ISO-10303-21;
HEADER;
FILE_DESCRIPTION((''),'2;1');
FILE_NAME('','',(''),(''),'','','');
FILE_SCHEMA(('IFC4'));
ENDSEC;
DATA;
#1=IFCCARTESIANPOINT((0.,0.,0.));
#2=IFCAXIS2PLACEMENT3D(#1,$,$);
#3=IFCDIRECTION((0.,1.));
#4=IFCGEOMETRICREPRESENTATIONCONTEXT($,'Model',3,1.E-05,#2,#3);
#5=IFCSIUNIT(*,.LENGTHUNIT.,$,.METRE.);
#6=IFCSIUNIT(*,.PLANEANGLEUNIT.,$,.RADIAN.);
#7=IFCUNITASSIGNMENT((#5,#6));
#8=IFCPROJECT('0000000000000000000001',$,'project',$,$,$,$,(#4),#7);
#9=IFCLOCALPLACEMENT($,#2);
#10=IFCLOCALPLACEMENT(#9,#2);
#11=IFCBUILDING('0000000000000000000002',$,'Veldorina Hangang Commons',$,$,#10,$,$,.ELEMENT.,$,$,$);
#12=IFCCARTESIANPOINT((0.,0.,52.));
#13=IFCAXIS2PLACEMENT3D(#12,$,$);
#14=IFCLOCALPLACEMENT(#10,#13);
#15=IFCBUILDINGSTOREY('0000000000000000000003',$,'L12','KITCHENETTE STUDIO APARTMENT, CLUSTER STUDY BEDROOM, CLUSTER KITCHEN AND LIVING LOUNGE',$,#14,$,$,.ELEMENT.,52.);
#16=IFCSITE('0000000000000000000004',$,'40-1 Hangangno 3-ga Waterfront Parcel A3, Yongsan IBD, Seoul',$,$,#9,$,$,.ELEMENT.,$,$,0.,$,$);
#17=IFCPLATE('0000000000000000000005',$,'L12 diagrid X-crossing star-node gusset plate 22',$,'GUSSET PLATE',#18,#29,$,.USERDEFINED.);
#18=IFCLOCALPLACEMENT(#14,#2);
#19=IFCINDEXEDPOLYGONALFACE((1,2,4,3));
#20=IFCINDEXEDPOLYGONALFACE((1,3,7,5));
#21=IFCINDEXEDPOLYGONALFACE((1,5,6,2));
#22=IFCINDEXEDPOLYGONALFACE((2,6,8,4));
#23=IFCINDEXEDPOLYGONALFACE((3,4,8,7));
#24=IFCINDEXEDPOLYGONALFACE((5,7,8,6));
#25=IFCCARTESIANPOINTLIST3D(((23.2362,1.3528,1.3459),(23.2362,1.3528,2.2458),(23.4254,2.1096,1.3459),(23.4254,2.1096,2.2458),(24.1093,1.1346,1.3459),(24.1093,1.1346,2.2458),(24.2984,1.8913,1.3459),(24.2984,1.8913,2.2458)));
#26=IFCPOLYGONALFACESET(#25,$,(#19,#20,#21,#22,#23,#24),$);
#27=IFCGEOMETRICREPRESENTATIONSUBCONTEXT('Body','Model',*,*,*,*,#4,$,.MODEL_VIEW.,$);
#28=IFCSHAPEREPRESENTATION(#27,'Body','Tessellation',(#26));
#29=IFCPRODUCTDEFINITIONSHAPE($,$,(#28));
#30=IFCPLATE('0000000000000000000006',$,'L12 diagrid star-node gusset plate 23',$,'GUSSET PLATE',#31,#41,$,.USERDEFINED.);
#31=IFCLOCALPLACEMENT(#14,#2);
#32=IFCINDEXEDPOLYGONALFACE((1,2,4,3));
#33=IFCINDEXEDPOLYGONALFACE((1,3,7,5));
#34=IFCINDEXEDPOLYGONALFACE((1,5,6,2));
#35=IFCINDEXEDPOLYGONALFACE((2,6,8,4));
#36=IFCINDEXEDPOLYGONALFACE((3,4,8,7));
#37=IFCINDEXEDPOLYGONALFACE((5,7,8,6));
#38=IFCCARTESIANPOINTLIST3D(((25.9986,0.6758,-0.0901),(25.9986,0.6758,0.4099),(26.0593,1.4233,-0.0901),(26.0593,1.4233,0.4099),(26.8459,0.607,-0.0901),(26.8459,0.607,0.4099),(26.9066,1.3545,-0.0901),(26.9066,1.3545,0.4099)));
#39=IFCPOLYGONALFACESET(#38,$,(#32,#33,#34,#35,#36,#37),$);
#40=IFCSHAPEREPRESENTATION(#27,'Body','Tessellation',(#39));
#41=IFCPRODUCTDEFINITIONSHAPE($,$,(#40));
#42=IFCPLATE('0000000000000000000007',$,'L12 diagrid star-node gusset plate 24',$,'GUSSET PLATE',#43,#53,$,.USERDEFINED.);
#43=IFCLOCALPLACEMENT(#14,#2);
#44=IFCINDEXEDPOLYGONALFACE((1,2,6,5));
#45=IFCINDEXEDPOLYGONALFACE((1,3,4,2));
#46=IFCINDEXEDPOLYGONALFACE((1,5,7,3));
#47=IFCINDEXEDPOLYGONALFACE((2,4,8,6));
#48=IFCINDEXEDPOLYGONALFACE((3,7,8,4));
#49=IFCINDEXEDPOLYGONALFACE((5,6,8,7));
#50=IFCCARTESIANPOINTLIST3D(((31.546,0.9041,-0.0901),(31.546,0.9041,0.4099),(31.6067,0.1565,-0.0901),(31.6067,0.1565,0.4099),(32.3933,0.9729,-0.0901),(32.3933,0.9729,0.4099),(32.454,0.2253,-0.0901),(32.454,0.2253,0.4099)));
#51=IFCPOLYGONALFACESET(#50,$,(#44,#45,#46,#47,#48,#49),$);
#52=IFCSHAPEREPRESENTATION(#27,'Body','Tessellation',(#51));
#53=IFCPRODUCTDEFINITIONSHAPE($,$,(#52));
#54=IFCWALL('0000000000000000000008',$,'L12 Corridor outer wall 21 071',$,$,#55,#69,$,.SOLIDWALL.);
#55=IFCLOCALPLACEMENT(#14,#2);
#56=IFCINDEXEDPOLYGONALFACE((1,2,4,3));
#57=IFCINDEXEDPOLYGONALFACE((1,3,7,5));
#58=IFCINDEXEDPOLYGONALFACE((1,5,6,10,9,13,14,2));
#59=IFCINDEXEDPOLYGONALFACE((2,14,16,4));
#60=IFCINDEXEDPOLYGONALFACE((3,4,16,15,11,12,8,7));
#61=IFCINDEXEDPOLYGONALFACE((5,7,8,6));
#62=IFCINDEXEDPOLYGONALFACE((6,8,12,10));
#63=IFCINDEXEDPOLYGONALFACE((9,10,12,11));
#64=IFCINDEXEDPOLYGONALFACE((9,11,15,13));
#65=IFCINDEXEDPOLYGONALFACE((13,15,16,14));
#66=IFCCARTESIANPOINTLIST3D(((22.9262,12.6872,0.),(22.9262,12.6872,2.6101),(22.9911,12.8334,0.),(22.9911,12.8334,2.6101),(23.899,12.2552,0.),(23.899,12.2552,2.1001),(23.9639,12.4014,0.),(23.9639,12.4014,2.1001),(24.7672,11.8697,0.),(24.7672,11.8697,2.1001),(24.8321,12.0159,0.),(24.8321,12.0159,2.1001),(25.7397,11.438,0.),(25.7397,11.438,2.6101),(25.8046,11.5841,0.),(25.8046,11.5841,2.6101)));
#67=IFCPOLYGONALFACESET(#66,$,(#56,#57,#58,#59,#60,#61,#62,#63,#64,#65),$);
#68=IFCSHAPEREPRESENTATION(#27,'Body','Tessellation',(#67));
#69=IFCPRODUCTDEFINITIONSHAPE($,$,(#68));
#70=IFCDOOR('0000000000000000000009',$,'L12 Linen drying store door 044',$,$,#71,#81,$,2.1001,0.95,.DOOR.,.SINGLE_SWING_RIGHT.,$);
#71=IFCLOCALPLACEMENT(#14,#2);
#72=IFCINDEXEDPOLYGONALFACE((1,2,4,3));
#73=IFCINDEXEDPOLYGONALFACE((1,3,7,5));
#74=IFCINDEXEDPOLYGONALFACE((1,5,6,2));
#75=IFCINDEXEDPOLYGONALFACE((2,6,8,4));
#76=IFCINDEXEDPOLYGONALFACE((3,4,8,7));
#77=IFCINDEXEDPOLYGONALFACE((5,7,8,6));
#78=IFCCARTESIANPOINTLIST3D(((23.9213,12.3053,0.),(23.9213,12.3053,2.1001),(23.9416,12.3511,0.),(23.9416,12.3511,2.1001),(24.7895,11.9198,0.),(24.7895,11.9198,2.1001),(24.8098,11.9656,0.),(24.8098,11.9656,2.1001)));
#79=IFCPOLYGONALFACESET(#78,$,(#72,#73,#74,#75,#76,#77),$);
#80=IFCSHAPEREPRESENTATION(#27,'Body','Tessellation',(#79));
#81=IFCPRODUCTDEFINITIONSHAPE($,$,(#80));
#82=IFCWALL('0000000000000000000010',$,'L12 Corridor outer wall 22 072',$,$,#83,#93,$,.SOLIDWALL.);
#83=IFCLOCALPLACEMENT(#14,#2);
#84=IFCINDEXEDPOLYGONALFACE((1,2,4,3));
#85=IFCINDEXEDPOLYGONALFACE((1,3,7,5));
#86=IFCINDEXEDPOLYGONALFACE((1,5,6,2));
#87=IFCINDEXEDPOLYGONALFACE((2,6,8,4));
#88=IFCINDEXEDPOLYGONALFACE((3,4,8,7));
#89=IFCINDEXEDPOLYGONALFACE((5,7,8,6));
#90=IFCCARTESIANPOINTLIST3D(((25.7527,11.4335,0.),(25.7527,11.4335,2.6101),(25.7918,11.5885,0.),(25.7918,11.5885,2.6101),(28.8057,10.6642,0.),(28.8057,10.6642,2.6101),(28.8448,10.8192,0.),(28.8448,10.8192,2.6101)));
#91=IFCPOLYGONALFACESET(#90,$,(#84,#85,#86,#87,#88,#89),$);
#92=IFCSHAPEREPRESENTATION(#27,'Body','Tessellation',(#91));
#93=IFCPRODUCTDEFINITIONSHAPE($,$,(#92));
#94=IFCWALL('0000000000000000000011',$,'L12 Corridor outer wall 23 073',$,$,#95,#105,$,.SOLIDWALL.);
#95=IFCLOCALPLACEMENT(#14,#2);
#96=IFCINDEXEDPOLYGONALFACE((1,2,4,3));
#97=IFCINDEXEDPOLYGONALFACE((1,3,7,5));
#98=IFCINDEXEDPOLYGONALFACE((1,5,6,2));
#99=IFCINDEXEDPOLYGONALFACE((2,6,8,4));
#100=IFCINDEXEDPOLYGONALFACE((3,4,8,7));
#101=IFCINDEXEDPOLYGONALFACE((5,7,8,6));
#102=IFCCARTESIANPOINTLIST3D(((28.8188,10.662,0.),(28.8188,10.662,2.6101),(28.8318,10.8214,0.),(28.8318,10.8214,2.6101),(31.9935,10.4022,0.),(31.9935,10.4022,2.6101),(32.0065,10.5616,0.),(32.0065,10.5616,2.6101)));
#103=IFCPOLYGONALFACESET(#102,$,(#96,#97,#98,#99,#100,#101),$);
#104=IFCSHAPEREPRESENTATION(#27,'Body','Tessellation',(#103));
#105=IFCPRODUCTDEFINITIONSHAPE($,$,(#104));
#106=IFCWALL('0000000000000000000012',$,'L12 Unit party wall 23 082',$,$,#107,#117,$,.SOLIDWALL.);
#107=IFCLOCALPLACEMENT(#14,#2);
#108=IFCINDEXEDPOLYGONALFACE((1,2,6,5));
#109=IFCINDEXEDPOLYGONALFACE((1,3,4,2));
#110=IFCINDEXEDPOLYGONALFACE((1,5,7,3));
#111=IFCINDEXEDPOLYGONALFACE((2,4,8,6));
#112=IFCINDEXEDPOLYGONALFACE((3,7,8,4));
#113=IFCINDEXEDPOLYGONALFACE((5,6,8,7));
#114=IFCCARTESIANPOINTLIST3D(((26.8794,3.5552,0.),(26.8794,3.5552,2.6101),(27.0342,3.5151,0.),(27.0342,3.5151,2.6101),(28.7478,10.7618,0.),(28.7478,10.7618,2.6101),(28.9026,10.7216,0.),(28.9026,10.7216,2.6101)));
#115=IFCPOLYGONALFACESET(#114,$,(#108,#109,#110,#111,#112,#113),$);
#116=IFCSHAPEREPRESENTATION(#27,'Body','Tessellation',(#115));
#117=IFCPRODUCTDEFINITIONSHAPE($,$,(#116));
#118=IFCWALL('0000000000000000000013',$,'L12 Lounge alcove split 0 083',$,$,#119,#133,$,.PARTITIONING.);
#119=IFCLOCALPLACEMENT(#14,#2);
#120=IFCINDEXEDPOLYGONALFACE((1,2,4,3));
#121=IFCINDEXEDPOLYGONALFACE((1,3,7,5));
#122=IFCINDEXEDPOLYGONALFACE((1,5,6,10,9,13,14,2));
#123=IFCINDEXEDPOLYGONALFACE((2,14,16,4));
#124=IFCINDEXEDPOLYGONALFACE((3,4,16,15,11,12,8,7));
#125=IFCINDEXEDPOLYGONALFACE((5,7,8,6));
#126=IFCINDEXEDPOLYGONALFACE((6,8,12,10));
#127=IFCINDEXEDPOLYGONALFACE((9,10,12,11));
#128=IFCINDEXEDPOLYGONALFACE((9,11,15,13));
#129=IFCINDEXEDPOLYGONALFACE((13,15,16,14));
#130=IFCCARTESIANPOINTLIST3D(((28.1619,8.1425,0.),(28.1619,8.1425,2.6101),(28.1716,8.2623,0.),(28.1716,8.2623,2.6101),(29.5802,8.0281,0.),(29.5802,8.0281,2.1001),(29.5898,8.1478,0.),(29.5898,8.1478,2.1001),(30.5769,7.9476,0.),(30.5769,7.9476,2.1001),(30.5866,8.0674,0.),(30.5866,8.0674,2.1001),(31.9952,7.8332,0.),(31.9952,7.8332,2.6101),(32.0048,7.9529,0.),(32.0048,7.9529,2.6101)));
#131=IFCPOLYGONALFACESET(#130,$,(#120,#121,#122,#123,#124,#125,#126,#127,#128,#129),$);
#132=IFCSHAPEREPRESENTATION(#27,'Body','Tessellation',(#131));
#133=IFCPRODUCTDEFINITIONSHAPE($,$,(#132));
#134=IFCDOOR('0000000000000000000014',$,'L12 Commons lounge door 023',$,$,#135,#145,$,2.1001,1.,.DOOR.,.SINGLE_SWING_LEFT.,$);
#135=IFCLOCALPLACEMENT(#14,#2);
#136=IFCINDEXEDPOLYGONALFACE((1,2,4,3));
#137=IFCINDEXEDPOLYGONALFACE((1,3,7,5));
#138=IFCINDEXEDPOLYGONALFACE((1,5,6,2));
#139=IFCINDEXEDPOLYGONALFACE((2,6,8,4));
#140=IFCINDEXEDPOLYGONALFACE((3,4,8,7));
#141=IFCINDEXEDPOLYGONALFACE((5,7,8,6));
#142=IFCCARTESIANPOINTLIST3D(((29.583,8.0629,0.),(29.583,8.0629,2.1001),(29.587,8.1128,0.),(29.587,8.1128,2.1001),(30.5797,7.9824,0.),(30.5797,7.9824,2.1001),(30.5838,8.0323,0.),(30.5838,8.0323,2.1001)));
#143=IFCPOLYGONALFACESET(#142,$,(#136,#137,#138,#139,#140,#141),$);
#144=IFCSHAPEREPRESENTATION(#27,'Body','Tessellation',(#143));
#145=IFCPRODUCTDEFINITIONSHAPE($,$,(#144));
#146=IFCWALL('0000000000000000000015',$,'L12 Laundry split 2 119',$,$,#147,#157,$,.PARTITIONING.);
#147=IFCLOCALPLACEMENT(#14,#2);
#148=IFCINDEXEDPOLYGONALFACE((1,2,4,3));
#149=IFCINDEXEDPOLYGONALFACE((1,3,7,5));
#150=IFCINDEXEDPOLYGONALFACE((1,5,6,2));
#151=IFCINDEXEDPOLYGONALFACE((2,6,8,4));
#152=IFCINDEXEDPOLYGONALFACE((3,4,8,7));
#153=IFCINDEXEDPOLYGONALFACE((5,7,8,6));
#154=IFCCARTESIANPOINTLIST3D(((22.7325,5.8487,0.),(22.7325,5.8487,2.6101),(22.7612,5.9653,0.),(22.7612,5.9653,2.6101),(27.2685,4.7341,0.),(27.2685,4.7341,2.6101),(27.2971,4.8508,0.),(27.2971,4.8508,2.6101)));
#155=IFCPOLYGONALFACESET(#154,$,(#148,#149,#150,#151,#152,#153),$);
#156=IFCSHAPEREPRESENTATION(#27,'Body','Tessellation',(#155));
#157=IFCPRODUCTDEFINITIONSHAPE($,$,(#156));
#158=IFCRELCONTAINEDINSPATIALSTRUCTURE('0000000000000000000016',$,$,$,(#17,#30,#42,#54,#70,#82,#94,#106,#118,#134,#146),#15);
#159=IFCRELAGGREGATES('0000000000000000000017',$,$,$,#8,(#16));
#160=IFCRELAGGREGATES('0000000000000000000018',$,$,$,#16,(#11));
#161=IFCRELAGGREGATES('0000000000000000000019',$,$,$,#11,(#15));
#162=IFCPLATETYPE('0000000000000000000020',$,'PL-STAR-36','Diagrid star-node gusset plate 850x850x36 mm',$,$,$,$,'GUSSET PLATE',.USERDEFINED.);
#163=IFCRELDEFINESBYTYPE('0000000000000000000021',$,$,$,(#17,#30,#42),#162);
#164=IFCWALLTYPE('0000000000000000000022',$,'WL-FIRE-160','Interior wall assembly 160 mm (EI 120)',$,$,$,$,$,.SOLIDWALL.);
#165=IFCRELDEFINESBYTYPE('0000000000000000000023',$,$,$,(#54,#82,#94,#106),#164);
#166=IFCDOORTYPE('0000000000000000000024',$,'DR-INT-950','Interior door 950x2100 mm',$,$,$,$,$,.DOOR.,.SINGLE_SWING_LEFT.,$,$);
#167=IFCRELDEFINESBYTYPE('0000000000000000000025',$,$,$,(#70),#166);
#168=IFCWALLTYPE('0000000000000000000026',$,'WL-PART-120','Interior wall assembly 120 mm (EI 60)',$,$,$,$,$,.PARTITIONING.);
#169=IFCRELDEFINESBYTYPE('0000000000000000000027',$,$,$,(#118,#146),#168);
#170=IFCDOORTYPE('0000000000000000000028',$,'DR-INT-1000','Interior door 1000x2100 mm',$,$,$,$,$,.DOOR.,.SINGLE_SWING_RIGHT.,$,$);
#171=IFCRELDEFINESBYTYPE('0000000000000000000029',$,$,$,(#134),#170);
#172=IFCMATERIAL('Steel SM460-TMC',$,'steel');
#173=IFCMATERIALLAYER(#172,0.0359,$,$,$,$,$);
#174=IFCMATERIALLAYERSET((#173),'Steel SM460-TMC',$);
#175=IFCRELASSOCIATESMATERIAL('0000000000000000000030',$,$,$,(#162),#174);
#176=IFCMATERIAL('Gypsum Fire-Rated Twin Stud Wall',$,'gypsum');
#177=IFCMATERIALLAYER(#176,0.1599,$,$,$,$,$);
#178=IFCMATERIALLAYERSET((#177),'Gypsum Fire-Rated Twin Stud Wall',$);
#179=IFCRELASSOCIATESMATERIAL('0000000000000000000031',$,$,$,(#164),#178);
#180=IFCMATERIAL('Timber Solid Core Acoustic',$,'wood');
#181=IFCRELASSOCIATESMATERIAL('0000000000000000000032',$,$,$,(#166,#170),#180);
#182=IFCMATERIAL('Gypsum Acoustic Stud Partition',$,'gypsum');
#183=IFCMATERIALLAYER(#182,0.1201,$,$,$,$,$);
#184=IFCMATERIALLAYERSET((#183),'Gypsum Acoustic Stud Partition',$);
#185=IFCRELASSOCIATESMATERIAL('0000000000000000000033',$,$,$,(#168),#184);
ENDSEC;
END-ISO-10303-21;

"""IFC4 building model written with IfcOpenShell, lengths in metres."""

from ifc_helpers import new_model, si_unit, direction, frame, frame_2d, origin, origin_2d, place, context, subcontext, project, spatial, rectangle, extrude, material, layer, layer_set, type_object, element, fill, save


model = new_model("IFC4")

# Units and contexts
model_context = context("Model", 3, precision=1e-05, world=origin(), true_north=direction((0.0, 1.0)))
body_context = subcontext(model_context, "Body", "Model", "MODEL_VIEW")
ifc_project = project(units=[si_unit("LENGTHUNIT", "METRE"), si_unit("PLANEANGLEUNIT", "RADIAN")], contexts=[model_context])

# Site, building, storey
site_placement = place(None, origin())
site = spatial("IfcSite", under=ifc_project, at=site_placement, Name="40-1 Hangangno 3-ga Waterfront Parcel A3, Yongsan IBD, Seoul", CompositionType="ELEMENT", RefElevation=0.0)
building_placement = place(site_placement, origin())
building = spatial("IfcBuilding", under=site, at=building_placement, Name="Veldorina Hangang Commons", CompositionType="ELEMENT")
storey_placement = place(building_placement, frame((0.0, 0.0, 52.0)))
storey = spatial("IfcBuildingStorey", under=building, at=storey_placement, Name="L12", Description="KITCHENETTE STUDIO APARTMENT, CLUSTER STUDY BEDROOM, CLUSTER KITCHEN AND LIVING LOUNGE", CompositionType="ELEMENT", Elevation=52.0)

# Shared definitions
ifc_material_1 = material(Name="Steel SM460-TMC", Category="steel")

# Plates
ifc_layer_1 = layer(ifc_material_1, 0.0359)
ifc_layer_set_1 = layer_set([ifc_layer_1], Name="Steel SM460-TMC")
plate_type_1 = type_object("IfcPlateType", Name="PL-STAR-36", Description="Diagrid star-node gusset plate 850x850x36 mm", ElementType="GUSSET PLATE", PredefinedType="USERDEFINED", material=ifc_layer_set_1)
plate_1_placement = place(storey_placement, frame((23.7673, 1.6221, 1.3459), z_axis=(0.0, 0.0, 1.0), x_axis=(0.970144, -0.242532, 0.0)))
element("IfcPlate", 1, at=plate_1_placement, inside=storey, type_object=plate_type_1, Name="L12 diagrid X-crossing star-node gusset plate 22", ObjectType="GUSSET PLATE", PredefinedType="USERDEFINED", context=body_context, shape_type="SweptSolid", body=[
    extrude(rectangle(XDim=0.8999, YDim=0.78, at=origin_2d()), origin(), (0.0, 0.0, 1.0), 0.8999),
])
for number, where, z_axis, x_axis, name in (
    (2, (26.4526, 1.0151, -0.0901), (0.0, 0.0, 1.0), (0.996721, -0.080912, 0.0), "L12 diagrid star-node gusset plate 23"),
    (3, (32.0, 0.5647, -0.0901), (0.0, 0.0, 1.0), (0.996721, 0.080912, 0.0), "L12 diagrid star-node gusset plate 24"),
):
    element("IfcPlate", number, at=place(storey_placement, frame(where, z_axis=z_axis, x_axis=x_axis)), inside=storey, type_object=plate_type_1, Name=name, ObjectType="GUSSET PLATE", PredefinedType="USERDEFINED", context=body_context, shape_type="SweptSolid", body=[
        extrude(rectangle(XDim=0.8501, YDim=0.75, at=origin_2d()), origin(), (0.0, 0.0, 1.0), 0.5),
    ])

# Wall, opening, door
ifc_material_2 = material(Name="Gypsum Fire-Rated Twin Stud Wall", Category="gypsum")
ifc_layer_2 = layer(ifc_material_2, 0.1599)
ifc_layer_set_2 = layer_set([ifc_layer_2], Name="Gypsum Fire-Rated Twin Stud Wall")
wall_type_1 = type_object("IfcWallType", Name="WL-FIRE-160", Description="Interior wall assembly 160 mm (EI 120)", PredefinedType="SOLIDWALL", material=ifc_layer_set_2)
wall_1_placement = place(storey_placement, frame((22.9587, 12.7603, 0.0), z_axis=(0.0, 0.0, 1.0), x_axis=(0.913952, -0.405822, 0.0)))
wall_1 = element("IfcWall", 4, at=wall_1_placement, inside=storey, type_object=wall_type_1, Name="L12 Corridor outer wall 21 071", PredefinedType="SOLIDWALL", context=body_context, shape_type="SweptSolid", body=[
    extrude(rectangle(XDim=3.0784, YDim=0.1599, at=frame_2d((1.5391, 0.0))), origin(), (0.0, 0.0, 1.0), 2.6101),
])
opening_1_placement = place(wall_1_placement, frame((1.0642, 0.0, 0.0)))
opening_1 = element("IfcOpeningElement", 5, at=opening_1_placement, cuts=wall_1, PredefinedType="OPENING", context=body_context, shape_type="SweptSolid", body=[
    extrude(rectangle(XDim=0.95, YDim=2.1001, at=frame_2d((0.4751, 1.05))), frame((0.0, 0.0898, 0.0), z_axis=(0.0, -1.0, 0.0), x_axis=(1.0, 0.0, 0.0)), (0.0, 0.0, 1.0), 0.1799),
])
ifc_material_3 = material(Name="Timber Solid Core Acoustic", Category="wood")
door_type_1 = type_object("IfcDoorType", Name="DR-INT-950", Description="Interior door 950x2100 mm", OperationType="SINGLE_SWING_LEFT", PredefinedType="DOOR", material=ifc_material_3)
door_1_placement = place(opening_1_placement, origin())
door_1 = element("IfcDoor", 6, at=door_1_placement, inside=storey, type_object=door_type_1, Name="L12 Linen drying store door 044", OperationType="SINGLE_SWING_RIGHT", OverallHeight=2.1001, OverallWidth=0.95, PredefinedType="DOOR", context=body_context, shape_type="SweptSolid", body=[
    extrude(rectangle(XDim=0.95, YDim=2.1001, at=frame_2d((0.4751, 1.05))), frame((0.0, 0.0249, 0.0), z_axis=(0.0, -1.0, 0.0), x_axis=(1.0, 0.0, 0.0)), (0.0, 0.0, 1.0), 0.05),
])
fill(opening_1, door_1)

# Walls
wall_2_placement = place(storey_placement, frame((25.7722, 11.511, 0.0), z_axis=(0.0, 0.0, 1.0), x_axis=(0.969689, -0.244342, 0.0)))
element("IfcWall", 7, at=wall_2_placement, inside=storey, type_object=wall_type_1, Name="L12 Corridor outer wall 22 072", PredefinedType="SOLIDWALL", context=body_context, shape_type="SweptSolid", body=[
    extrude(rectangle(XDim=3.1484, YDim=0.1599, at=frame_2d((1.5742, 0.0))), origin(), (0.0, 0.0, 1.0), 2.6101),
])
wall_3_placement = place(storey_placement, frame((28.8252, 10.7417, 0.0), z_axis=(0.0, 0.0, 1.0), x_axis=(0.996669, -0.081548, 0.0)))
element("IfcWall", 8, at=wall_3_placement, inside=storey, type_object=wall_type_1, Name="L12 Corridor outer wall 23 073", PredefinedType="SOLIDWALL", context=body_context, shape_type="SweptSolid", body=[
    extrude(rectangle(XDim=3.1853, YDim=0.1599, at=frame_2d((1.5928, 0.0))), origin(), (0.0, 0.0, 1.0), 2.6101),
])
wall_4_placement = place(storey_placement, frame((28.8252, 10.7417, 0.0), z_axis=(0.0, 0.0, 1.0), x_axis=(-0.250968, -0.967995, 0.0)))
element("IfcWall", 9, at=wall_4_placement, inside=storey, type_object=wall_type_1, Name="L12 Unit party wall 23 082", PredefinedType="SOLIDWALL", context=body_context, shape_type="SweptSolid", body=[
    extrude(rectangle(XDim=7.4448, YDim=0.1599, at=frame_2d((3.7224, 0.0))), origin(), (0.0, 0.0, 1.0), 2.6101),
])

# Wall, opening, door
ifc_material_4 = material(Name="Gypsum Acoustic Stud Partition", Category="gypsum")
ifc_layer_3 = layer(ifc_material_4, 0.1201)
ifc_layer_set_3 = layer_set([ifc_layer_3], Name="Gypsum Acoustic Stud Partition")
wall_type_2 = type_object("IfcWallType", Name="WL-PART-120", Description="Interior wall assembly 120 mm (EI 60)", PredefinedType="PARTITIONING", material=ifc_layer_set_3)
wall_5_placement = place(storey_placement, frame((28.1667, 8.2024, 0.0), z_axis=(0.0, 0.0, 1.0), x_axis=(0.99676, -0.080434, 0.0)))
wall_5 = element("IfcWall", 10, at=wall_5_placement, inside=storey, type_object=wall_type_2, Name="L12 Lounge alcove split 0 083", PredefinedType="PARTITIONING", context=body_context, shape_type="SweptSolid", body=[
    extrude(rectangle(XDim=3.8457, YDim=0.1201, at=frame_2d((1.9229, 0.0))), origin(), (0.0, 0.0, 1.0), 2.6101),
])
opening_2_placement = place(wall_5_placement, frame((1.4229, 0.0, 0.0)))
opening_2 = element("IfcOpeningElement", 11, at=opening_2_placement, cuts=wall_5, PredefinedType="OPENING", context=body_context, shape_type="SweptSolid", body=[
    extrude(rectangle(XDim=1.0, YDim=2.1001, at=frame_2d((0.5, 1.05))), frame((0.0, 0.0701, 0.0), z_axis=(0.0, -1.0, 0.0), x_axis=(1.0, 0.0, 0.0)), (0.0, 0.0, 1.0), 0.1401),
])
door_type_2 = type_object("IfcDoorType", Name="DR-INT-1000", Description="Interior door 1000x2100 mm", OperationType="SINGLE_SWING_RIGHT", PredefinedType="DOOR", material=ifc_material_3)
door_2_placement = place(opening_2_placement, origin())
door_2 = element("IfcDoor", 12, at=door_2_placement, inside=storey, type_object=door_type_2, Name="L12 Commons lounge door 023", OperationType="SINGLE_SWING_LEFT", OverallHeight=2.1001, OverallWidth=1.0, PredefinedType="DOOR", context=body_context, shape_type="SweptSolid", body=[
    extrude(rectangle(XDim=1.0, YDim=2.1001, at=frame_2d((0.5, 1.05))), frame((0.0, 0.0249, 0.0), z_axis=(0.0, -1.0, 0.0), x_axis=(1.0, 0.0, 0.0)), (0.0, 0.0, 1.0), 0.05),
])
fill(opening_2, door_2)

# Wall
wall_6_placement = place(storey_placement, frame((22.7468, 5.907, 0.0), z_axis=(0.0, 0.0, 1.0), x_axis=(0.971115, -0.23861, 0.0)))
element("IfcWall", 13, at=wall_6_placement, inside=storey, type_object=wall_type_2, Name="L12 Laundry split 2 119", PredefinedType="PARTITIONING", context=body_context, shape_type="SweptSolid", body=[
    extrude(rectangle(XDim=4.6709, YDim=0.1201, at=frame_2d((2.3354, 0.0))), origin(), (0.0, 0.0, 1.0), 2.6101),
])

save(model, "model.ifc")
